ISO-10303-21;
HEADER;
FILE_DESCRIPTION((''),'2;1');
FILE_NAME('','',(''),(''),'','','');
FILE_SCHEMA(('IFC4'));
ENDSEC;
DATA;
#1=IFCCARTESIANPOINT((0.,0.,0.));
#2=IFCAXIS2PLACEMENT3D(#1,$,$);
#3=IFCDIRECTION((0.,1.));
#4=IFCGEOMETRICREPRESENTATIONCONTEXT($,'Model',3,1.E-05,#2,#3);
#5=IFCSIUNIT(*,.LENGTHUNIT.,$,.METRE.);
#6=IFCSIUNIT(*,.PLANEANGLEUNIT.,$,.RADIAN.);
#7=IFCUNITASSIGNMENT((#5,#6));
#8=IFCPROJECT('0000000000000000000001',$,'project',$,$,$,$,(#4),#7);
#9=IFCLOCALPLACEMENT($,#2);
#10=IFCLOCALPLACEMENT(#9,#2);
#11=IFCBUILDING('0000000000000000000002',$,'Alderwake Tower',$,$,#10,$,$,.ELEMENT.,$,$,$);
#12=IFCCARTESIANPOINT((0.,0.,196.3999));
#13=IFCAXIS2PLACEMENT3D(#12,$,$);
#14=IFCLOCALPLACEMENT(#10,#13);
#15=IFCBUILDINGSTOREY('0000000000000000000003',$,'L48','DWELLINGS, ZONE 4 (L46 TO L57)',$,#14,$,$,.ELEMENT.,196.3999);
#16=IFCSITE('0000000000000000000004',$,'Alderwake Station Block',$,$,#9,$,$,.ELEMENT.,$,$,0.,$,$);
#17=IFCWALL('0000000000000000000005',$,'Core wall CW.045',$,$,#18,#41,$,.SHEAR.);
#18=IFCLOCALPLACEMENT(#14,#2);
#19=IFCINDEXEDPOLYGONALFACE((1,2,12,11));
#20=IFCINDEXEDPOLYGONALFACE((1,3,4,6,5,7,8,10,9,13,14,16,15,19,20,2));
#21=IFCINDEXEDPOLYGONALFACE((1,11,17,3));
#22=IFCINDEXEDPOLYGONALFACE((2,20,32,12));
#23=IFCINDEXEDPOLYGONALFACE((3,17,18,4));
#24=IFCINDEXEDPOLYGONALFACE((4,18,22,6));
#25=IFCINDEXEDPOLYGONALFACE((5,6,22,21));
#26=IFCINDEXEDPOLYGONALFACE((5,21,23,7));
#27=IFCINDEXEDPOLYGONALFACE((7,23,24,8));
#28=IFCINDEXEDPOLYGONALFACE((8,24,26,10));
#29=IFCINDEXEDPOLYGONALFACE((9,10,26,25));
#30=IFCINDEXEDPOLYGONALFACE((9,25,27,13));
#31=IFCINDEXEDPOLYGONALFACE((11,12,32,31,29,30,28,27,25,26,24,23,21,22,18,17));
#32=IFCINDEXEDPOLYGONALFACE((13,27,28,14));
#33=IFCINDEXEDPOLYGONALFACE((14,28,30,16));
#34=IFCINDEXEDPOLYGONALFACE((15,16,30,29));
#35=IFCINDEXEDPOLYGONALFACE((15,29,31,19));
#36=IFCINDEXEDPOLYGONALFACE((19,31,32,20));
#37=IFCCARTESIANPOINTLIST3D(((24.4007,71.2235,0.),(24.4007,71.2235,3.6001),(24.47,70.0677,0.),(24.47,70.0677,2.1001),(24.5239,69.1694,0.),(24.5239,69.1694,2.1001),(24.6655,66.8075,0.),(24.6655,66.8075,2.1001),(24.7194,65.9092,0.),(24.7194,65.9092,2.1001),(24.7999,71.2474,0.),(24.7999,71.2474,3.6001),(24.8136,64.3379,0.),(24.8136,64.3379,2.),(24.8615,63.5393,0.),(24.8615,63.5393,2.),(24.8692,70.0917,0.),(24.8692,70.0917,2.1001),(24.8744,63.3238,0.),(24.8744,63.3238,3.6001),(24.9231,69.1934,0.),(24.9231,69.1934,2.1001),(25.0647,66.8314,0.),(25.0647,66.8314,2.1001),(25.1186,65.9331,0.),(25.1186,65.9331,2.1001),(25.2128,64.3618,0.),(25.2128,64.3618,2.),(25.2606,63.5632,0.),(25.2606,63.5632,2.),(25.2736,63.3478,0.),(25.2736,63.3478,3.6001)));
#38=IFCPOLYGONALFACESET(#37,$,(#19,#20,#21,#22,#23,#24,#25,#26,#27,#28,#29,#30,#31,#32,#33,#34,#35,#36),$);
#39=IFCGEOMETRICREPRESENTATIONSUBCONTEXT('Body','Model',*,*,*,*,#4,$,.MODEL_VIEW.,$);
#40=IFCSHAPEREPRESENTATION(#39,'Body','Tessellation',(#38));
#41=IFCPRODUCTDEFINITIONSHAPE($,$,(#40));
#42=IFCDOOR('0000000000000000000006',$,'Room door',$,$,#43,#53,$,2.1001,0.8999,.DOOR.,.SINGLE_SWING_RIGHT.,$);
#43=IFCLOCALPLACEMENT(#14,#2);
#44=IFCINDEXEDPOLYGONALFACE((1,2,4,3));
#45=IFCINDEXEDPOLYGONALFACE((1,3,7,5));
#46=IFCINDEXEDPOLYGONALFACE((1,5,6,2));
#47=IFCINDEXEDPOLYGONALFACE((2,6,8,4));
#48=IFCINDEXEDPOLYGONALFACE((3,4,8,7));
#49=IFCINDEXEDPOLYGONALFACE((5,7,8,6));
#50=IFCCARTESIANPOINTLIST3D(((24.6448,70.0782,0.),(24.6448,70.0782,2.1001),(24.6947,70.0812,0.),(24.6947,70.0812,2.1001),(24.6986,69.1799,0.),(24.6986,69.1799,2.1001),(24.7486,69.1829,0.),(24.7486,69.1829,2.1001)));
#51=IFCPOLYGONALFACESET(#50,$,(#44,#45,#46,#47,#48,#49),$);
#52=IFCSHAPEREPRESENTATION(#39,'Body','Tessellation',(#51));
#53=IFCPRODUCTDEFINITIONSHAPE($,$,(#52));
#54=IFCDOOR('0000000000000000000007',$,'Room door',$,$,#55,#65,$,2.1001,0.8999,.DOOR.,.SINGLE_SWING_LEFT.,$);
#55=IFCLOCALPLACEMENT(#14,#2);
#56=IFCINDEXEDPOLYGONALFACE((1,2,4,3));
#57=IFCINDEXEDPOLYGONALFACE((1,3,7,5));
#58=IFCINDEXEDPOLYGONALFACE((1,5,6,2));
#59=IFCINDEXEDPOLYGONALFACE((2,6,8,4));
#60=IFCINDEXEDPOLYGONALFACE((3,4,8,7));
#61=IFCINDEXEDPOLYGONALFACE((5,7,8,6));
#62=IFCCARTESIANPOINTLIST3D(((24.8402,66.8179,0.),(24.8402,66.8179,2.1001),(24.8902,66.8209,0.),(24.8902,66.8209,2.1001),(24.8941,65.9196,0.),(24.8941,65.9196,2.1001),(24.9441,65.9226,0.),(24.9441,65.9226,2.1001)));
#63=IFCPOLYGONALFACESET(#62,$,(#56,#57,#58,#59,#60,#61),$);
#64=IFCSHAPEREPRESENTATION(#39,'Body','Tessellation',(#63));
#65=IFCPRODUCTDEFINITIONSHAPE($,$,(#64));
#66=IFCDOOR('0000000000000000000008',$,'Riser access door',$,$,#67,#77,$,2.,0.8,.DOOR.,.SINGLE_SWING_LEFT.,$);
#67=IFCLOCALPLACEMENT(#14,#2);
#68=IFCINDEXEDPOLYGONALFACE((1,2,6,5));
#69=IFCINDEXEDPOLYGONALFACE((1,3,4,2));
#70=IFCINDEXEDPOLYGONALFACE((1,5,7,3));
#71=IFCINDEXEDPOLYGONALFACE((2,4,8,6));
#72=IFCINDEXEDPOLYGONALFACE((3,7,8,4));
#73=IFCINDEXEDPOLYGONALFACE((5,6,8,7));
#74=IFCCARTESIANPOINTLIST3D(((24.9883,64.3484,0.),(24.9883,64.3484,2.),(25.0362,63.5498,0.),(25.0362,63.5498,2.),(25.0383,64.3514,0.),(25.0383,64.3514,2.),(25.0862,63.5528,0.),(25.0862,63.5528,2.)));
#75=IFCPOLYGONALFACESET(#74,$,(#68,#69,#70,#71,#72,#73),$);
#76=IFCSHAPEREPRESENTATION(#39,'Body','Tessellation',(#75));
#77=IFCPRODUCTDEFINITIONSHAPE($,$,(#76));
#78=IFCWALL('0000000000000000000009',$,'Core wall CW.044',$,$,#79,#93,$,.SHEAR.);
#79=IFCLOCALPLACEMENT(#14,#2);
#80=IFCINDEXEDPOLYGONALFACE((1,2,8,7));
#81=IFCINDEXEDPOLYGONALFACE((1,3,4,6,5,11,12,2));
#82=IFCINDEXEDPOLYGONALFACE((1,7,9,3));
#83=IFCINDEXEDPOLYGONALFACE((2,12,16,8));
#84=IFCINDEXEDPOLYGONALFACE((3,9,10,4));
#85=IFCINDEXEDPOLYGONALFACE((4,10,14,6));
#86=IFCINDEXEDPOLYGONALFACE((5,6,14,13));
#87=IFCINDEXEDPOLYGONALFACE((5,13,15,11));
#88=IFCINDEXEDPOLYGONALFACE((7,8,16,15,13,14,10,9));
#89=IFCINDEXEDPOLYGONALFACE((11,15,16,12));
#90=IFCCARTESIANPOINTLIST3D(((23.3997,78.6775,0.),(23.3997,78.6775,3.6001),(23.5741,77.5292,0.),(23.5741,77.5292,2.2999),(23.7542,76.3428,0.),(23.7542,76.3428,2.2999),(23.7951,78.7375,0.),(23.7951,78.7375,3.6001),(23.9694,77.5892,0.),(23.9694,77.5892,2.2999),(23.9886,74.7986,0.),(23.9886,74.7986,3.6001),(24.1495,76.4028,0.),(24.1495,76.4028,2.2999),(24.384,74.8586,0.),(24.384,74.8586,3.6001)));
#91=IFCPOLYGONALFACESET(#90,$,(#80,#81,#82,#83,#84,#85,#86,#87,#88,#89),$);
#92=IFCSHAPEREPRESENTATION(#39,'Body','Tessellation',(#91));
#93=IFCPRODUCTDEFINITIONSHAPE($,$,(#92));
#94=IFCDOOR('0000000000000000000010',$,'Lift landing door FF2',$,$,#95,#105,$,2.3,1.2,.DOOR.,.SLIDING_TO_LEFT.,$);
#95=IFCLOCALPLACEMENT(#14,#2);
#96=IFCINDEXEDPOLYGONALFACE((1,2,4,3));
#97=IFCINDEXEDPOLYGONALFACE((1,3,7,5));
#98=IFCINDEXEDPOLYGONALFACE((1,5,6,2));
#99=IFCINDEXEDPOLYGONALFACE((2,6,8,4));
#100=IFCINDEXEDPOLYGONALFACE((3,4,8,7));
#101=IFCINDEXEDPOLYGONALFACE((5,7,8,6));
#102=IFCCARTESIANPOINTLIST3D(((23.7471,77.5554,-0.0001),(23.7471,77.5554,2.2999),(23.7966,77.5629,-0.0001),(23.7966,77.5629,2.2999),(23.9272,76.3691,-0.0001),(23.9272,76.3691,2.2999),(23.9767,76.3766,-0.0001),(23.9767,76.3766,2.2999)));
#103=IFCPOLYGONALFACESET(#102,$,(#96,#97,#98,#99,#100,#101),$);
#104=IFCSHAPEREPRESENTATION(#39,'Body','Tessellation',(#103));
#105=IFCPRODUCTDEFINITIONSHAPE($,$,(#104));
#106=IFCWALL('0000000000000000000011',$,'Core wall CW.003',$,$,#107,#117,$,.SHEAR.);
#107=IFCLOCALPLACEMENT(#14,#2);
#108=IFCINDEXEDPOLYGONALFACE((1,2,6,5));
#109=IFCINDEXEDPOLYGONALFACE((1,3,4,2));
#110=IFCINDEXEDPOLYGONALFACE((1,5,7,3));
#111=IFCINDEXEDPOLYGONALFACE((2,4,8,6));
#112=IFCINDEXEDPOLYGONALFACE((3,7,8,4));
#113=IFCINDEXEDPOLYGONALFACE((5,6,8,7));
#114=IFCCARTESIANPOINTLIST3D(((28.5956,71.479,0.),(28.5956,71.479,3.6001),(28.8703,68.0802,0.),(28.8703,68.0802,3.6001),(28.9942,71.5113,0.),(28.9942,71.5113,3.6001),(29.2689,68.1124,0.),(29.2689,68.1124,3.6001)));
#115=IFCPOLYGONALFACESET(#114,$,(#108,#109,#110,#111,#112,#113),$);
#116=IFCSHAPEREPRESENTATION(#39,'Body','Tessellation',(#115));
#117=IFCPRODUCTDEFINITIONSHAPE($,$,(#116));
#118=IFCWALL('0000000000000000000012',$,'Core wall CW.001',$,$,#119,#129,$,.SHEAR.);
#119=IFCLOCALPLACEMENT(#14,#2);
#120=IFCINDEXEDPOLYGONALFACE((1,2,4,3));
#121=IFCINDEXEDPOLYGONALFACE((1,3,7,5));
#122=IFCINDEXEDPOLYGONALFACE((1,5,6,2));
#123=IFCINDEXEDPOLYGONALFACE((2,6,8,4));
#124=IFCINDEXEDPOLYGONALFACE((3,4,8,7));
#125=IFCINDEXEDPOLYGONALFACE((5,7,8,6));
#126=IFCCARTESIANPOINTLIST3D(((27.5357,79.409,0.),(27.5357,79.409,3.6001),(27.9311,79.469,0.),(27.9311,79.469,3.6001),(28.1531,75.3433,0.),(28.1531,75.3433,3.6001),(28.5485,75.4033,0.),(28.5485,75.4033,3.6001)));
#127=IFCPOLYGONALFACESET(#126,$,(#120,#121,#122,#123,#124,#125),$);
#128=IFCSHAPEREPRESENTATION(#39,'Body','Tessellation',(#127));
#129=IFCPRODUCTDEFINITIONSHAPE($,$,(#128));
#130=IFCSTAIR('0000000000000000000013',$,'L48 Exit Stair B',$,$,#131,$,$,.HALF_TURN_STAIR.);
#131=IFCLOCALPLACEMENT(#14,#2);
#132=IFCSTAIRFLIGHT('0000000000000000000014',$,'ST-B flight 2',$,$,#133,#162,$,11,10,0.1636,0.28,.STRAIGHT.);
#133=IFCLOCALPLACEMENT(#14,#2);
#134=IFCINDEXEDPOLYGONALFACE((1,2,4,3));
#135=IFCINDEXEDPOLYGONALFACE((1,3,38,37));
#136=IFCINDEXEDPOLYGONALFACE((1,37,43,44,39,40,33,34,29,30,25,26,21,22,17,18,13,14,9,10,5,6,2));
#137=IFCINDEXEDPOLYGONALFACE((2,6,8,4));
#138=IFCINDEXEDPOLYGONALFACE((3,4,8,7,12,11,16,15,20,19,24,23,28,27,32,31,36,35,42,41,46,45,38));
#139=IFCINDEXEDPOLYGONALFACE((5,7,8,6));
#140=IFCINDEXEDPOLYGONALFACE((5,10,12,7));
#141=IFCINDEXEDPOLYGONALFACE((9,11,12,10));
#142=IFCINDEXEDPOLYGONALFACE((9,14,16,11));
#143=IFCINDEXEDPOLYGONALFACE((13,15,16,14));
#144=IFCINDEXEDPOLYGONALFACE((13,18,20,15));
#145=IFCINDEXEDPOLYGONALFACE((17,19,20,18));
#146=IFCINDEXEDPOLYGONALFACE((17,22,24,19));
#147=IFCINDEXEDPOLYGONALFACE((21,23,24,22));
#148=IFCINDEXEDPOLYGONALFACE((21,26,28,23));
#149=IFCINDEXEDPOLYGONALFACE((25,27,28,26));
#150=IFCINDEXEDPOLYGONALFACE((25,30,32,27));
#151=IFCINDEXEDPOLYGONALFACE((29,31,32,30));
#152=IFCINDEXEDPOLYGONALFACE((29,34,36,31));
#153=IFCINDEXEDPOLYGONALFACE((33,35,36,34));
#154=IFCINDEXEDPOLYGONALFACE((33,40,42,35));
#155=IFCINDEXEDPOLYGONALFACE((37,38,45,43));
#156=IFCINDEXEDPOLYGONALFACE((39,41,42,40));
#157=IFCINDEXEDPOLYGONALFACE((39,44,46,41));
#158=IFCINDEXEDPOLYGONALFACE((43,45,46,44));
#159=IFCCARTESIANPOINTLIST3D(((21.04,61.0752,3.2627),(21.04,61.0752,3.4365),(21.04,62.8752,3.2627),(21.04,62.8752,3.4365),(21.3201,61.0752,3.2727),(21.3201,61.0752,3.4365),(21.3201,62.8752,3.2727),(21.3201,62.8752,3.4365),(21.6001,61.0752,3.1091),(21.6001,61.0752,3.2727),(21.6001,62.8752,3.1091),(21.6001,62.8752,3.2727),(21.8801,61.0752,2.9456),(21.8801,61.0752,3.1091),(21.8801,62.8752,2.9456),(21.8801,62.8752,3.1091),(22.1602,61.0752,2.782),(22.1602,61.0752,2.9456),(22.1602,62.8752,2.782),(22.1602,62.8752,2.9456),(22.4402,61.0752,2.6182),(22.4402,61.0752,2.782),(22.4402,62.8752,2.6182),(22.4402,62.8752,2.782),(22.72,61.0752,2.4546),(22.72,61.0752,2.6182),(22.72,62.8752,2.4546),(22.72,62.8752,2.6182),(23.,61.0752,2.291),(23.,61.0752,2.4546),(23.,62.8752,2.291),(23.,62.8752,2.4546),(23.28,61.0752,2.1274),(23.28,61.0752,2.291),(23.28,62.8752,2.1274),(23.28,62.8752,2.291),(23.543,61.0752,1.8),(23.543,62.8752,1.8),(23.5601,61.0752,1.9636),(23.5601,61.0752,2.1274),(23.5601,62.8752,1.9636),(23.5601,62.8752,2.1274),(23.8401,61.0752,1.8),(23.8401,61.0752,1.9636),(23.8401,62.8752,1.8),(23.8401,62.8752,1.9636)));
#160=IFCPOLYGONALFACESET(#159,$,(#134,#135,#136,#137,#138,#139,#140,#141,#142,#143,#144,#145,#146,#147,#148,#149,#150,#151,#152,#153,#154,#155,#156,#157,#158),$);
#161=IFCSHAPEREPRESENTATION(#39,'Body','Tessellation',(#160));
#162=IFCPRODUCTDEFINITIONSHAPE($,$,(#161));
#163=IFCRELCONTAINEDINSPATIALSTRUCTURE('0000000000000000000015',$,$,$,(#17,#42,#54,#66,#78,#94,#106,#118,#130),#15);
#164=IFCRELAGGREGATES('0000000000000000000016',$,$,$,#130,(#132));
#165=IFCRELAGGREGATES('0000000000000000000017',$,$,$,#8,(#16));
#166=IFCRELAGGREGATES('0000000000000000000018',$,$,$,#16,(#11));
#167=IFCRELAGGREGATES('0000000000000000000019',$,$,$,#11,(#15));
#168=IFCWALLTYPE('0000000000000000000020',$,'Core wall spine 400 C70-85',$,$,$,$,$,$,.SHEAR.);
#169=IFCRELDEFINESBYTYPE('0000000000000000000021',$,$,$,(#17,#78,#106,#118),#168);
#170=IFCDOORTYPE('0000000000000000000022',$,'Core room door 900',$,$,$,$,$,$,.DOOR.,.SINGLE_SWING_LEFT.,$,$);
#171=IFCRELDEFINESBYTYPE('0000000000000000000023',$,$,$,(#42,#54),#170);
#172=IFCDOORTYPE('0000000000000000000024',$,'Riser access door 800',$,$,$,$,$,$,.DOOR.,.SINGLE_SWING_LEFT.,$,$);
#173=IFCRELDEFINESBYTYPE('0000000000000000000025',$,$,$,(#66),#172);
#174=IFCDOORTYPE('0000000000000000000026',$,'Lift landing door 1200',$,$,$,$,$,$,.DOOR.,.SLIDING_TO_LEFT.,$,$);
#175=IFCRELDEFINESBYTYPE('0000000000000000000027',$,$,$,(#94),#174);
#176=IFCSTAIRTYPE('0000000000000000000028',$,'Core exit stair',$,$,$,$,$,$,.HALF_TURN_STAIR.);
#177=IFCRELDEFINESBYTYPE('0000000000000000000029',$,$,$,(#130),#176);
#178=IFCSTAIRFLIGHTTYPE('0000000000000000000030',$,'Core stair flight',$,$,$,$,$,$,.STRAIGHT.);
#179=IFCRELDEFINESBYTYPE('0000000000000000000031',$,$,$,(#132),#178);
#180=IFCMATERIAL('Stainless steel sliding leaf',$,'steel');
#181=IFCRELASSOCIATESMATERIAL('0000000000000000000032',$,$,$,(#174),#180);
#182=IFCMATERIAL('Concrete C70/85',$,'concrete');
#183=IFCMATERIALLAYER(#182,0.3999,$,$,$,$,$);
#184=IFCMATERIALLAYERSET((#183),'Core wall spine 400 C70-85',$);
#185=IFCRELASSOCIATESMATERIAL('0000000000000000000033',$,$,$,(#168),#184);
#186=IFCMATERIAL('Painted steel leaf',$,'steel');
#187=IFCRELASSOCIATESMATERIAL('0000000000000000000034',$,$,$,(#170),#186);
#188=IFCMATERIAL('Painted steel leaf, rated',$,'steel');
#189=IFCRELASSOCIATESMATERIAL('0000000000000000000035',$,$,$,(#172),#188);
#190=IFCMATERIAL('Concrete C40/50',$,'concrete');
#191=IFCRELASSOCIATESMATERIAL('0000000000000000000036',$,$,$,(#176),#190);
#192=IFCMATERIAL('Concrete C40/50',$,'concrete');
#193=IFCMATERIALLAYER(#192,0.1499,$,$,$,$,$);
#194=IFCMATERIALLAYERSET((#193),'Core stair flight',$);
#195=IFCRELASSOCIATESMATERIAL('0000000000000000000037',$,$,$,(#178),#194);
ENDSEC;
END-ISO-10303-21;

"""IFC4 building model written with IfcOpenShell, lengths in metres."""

from ifc_helpers import new_model, si_unit, direction, frame, frame_2d, origin, place, context, subcontext, project, spatial, polyline, rectangle, outline, extrude, material, layer, layer_set, type_object, element, fill, aggregate, save


model = new_model("IFC4")

# Units and contexts
model_context = context("Model", 3, precision=1e-05, world=origin(), true_north=direction((0.0, 1.0)))
body_context = subcontext(model_context, "Body", "Model", "MODEL_VIEW")
ifc_project = project(units=[si_unit("LENGTHUNIT", "METRE"), si_unit("PLANEANGLEUNIT", "RADIAN")], contexts=[model_context])

# Site, building, storey
site_placement = place(None, origin())
site = spatial("IfcSite", under=ifc_project, at=site_placement, Name="Alderwake Station Block", CompositionType="ELEMENT", RefElevation=0.0)
building_placement = place(site_placement, origin())
building = spatial("IfcBuilding", under=site, at=building_placement, Name="Alderwake Tower", CompositionType="ELEMENT")
storey_placement = place(building_placement, frame((0.0, 0.0, 196.3999)))
storey = spatial("IfcBuildingStorey", under=building, at=storey_placement, Name="L48", Description="DWELLINGS, ZONE 4 (L46 TO L57)", CompositionType="ELEMENT", Elevation=196.3999)

# Shared definitions
ifc_material_1 = material(Name="Stainless steel sliding leaf", Category="steel")
door_type_1 = type_object("IfcDoorType", Name="Lift landing door 1200", OperationType="SLIDING_TO_LEFT", PredefinedType="DOOR", material=ifc_material_1)

# Wall, openings, doors
ifc_material_2 = material(Name="Concrete C70/85", Category="concrete")
ifc_layer_1 = layer(ifc_material_2, 0.3999)
ifc_layer_set_1 = layer_set([ifc_layer_1], Name="Core wall spine 400 C70-85")
wall_type_1 = type_object("IfcWallType", Name="Core wall spine 400 C70-85", PredefinedType="SHEAR", material=ifc_layer_set_1)
wall_1_placement = place(storey_placement, frame((25.074, 63.3357, 0.0), z_axis=(0.0, 0.0, 1.0), x_axis=(-0.059849, 0.998207, 0.0)))
wall_1 = element("IfcWall", 1, at=wall_1_placement, inside=storey, type_object=wall_type_1, Name="Core wall CW.045", PredefinedType="SHEAR", context=body_context, shape_type="SweptSolid", body=[
    extrude(rectangle(XDim=7.9138, YDim=0.3999, at=frame_2d((3.957, 0.0))), origin(), (0.0, 0.0, 1.0), 3.6001),
])
opening_1_placement = place(wall_1_placement, frame((0.2161, 0.0, 0.0)))
opening_1 = element("IfcOpeningElement", 2, at=opening_1_placement, cuts=wall_1, PredefinedType="OPENING", context=body_context, shape_type="SweptSolid", body=[
    extrude(rectangle(XDim=0.8, YDim=2.0, at=frame_2d((0.3999, 1.0))), frame((0.0, 0.21, 0.0), z_axis=(0.0, -1.0, 0.0), x_axis=(1.0, 0.0, 0.0)), (0.0, 0.0, 1.0), 0.4199),
])
opening_2_placement = place(wall_1_placement, frame((5.8562, 0.0, 0.0)))
opening_2 = element("IfcOpeningElement", 3, at=opening_2_placement, cuts=wall_1, PredefinedType="OPENING", context=body_context, shape_type="SweptSolid", body=[
    extrude(rectangle(XDim=0.8999, YDim=2.1001, at=frame_2d((0.45, 1.05))), frame((0.0, 0.21, 0.0), z_axis=(0.0, -1.0, 0.0), x_axis=(1.0, 0.0, 0.0)), (0.0, 0.0, 1.0), 0.4199),
])
opening_3_placement = place(wall_1_placement, frame((2.5901, 0.0, 0.0)))
opening_3 = element("IfcOpeningElement", 4, at=opening_3_placement, cuts=wall_1, PredefinedType="OPENING", context=body_context, shape_type="SweptSolid", body=[
    extrude(rectangle(XDim=0.8999, YDim=2.1001, at=frame_2d((0.45, 1.05))), frame((0.0, 0.21, 0.0), z_axis=(0.0, -1.0, 0.0), x_axis=(1.0, 0.0, 0.0)), (0.0, 0.0, 1.0), 0.4199),
])
ifc_material_3 = material(Name="Painted steel leaf", Category="steel")
door_type_2 = type_object("IfcDoorType", Name="Core room door 900", OperationType="SINGLE_SWING_LEFT", PredefinedType="DOOR", material=ifc_material_3)
door_1_placement = place(opening_2_placement, origin())
door_1 = element("IfcDoor", 5, at=door_1_placement, inside=storey, type_object=door_type_2, Name="Room door", OperationType="SINGLE_SWING_RIGHT", OverallHeight=2.1001, OverallWidth=0.8999, PredefinedType="DOOR", context=body_context, shape_type="SweptSolid", body=[
    extrude(rectangle(XDim=0.8999, YDim=2.1001, at=frame_2d((0.45, 1.05))), frame((0.0, 0.0249, 0.0), z_axis=(0.0, -1.0, 0.0), x_axis=(1.0, 0.0, 0.0)), (0.0, 0.0, 1.0), 0.05),
])
fill(opening_2, door_1)
door_2_placement = place(opening_3_placement, origin())
door_2 = element("IfcDoor", 6, at=door_2_placement, inside=storey, type_object=door_type_2, Name="Room door", OperationType="SINGLE_SWING_LEFT", OverallHeight=2.1001, OverallWidth=0.8999, PredefinedType="DOOR", context=body_context, shape_type="SweptSolid", body=[
    extrude(rectangle(XDim=0.8999, YDim=2.1001, at=frame_2d((0.45, 1.05))), frame((0.0, 0.0249, 0.0), z_axis=(0.0, -1.0, 0.0), x_axis=(1.0, 0.0, 0.0)), (0.0, 0.0, 1.0), 0.05),
])
fill(opening_3, door_2)
ifc_material_4 = material(Name="Painted steel leaf, rated", Category="steel")
door_type_3 = type_object("IfcDoorType", Name="Riser access door 800", OperationType="SINGLE_SWING_LEFT", PredefinedType="DOOR", material=ifc_material_4)
door_3_placement = place(opening_1_placement, origin())
door_3 = element("IfcDoor", 7, at=door_3_placement, inside=storey, type_object=door_type_3, Name="Riser access door", OperationType="SINGLE_SWING_LEFT", OverallHeight=2.0, OverallWidth=0.8, PredefinedType="DOOR", context=body_context, shape_type="SweptSolid", body=[
    extrude(rectangle(XDim=0.8, YDim=2.0, at=frame_2d((0.3999, 1.0))), frame((0.0, 0.0249, 0.0), z_axis=(0.0, -1.0, 0.0), x_axis=(1.0, 0.0, 0.0)), (0.0, 0.0, 1.0), 0.05),
])
fill(opening_1, door_3)

# Wall, opening, door
wall_2_placement = place(storey_placement, frame((24.1863, 74.8286, 0.0), z_axis=(0.0, 0.0, 1.0), x_axis=(-0.150093, 0.988672, 0.0)))
wall_2 = element("IfcWall", 8, at=wall_2_placement, inside=storey, type_object=wall_type_1, Name="Core wall CW.044", PredefinedType="SHEAR", context=body_context, shape_type="SweptSolid", body=[
    extrude(rectangle(XDim=3.9233, YDim=0.3999, at=frame_2d((1.9617, 0.0))), origin(), (0.0, 0.0, 1.0), 3.6001),
])
opening_4_placement = place(wall_2_placement, frame((1.5618, 0.0, 0.0)))
opening_4 = element("IfcOpeningElement", 9, at=opening_4_placement, cuts=wall_2, PredefinedType="OPENING", context=body_context, shape_type="SweptSolid", body=[
    extrude(rectangle(XDim=1.2, YDim=2.3, at=frame_2d((0.6001, 1.1499))), frame((0.0, 0.21, 0.0), z_axis=(0.0, -1.0, 0.0), x_axis=(1.0, 0.0, 0.0)), (0.0, 0.0, 1.0), 0.4199),
])
door_4_placement = place(opening_4_placement, origin())
door_4 = element("IfcDoor", 10, at=door_4_placement, inside=storey, type_object=door_type_1, Name="Lift landing door FF2", OperationType="SLIDING_TO_LEFT", OverallHeight=2.3, OverallWidth=1.2, PredefinedType="DOOR", context=body_context, shape_type="SweptSolid", body=[
    extrude(rectangle(XDim=1.2, YDim=2.3, at=frame_2d((0.6001, 1.1499))), frame((0.0, 0.0249, 0.0), z_axis=(0.0, -1.0, 0.0), x_axis=(1.0, 0.0, 0.0)), (0.0, 0.0, 1.0), 0.05),
])
fill(opening_4, door_4)

# Walls
wall_3_placement = place(storey_placement, frame((29.0696, 68.0962, 0.0), z_axis=(0.0, 0.0, 1.0), x_axis=(-0.080545, 0.996751, 0.0)))
element("IfcWall", 11, at=wall_3_placement, inside=storey, type_object=wall_type_1, Name="Core wall CW.003", PredefinedType="SHEAR", context=body_context, shape_type="SweptSolid", body=[
    extrude(rectangle(XDim=3.4099, YDim=0.3999, at=frame_2d((1.7051, 0.0))), origin(), (0.0, 0.0, 1.0), 3.6001),
])
wall_4_placement = place(storey_placement, frame((28.3508, 75.3733, 0.0), z_axis=(0.0, 0.0, 1.0), x_axis=(-0.150143, 0.988664, 0.0)))
element("IfcWall", 12, at=wall_4_placement, inside=storey, type_object=wall_type_1, Name="Core wall CW.001", PredefinedType="SHEAR", context=body_context, shape_type="SweptSolid", body=[
    extrude(rectangle(XDim=4.1123, YDim=0.3999, at=frame_2d((2.0562, 0.0))), origin(), (0.0, 0.0, 1.0), 3.6001),
])

# Stair, stair flight
ifc_material_5 = material(Name="Concrete C40/50", Category="concrete")
stair_type = type_object("IfcStairType", Name="Core exit stair", PredefinedType="HALF_TURN_STAIR", material=ifc_material_5)
stair_placement = place(storey_placement, origin())
stair = element("IfcStair", 13, at=stair_placement, inside=storey, type_object=stair_type, Name="L48 Exit Stair B", PredefinedType="HALF_TURN_STAIR")
ifc_material_6 = material(Name="Concrete C40/50", Category="concrete")
ifc_layer_2 = layer(ifc_material_6, 0.1499)
ifc_layer_set_2 = layer_set([ifc_layer_2], Name="Core stair flight")
stair_flight_type = type_object("IfcStairFlightType", Name="Core stair flight", PredefinedType="STRAIGHT", material=ifc_layer_set_2)
stair_flight_placement = place(storey_placement, frame((23.8401, 61.9751, 1.8), z_axis=(0.0, 0.0, 1.0), x_axis=(-1.0, 0.0, 0.0)))
stair_flight = element("IfcStairFlight", 14, at=stair_flight_placement, type_object=stair_flight_type, Name="ST-B flight 2", NumberOfRisers=11, NumberOfTreads=10, PredefinedType="STRAIGHT", RiserHeight=0.1636, TreadLength=0.28, context=body_context, shape_type="SweptSolid", body=[
    extrude(outline(polyline([(0.0, 0.0), (0.0, 0.1636), (0.28, 0.1636), (0.28, 0.3274), (0.5601, 0.3274), (0.5601, 0.491), (0.8401, 0.491), (0.8401, 0.6545), (1.1201, 0.6545), (1.1201, 0.8181), (1.3999, 0.8181), (1.3999, 0.9819), (1.6799, 0.9819), (1.6799, 1.1455), (1.96, 1.1455), (1.96, 1.3091), (2.24, 1.3091), (2.24, 1.4727), (2.52, 1.4727), (2.52, 1.6365), (2.8, 1.6365), (2.8, 1.8), (2.8, 1.4626), (0.2971, 0.0), (0.0, 0.0)])), frame((0.0, 0.8999, 0.0), z_axis=(0.0, -1.0, 0.0), x_axis=(1.0, 0.0, 0.0)), (0.0, 0.0, 1.0), 1.8),
])
aggregate(stair, [stair_flight])

save(model, "model.ifc")
